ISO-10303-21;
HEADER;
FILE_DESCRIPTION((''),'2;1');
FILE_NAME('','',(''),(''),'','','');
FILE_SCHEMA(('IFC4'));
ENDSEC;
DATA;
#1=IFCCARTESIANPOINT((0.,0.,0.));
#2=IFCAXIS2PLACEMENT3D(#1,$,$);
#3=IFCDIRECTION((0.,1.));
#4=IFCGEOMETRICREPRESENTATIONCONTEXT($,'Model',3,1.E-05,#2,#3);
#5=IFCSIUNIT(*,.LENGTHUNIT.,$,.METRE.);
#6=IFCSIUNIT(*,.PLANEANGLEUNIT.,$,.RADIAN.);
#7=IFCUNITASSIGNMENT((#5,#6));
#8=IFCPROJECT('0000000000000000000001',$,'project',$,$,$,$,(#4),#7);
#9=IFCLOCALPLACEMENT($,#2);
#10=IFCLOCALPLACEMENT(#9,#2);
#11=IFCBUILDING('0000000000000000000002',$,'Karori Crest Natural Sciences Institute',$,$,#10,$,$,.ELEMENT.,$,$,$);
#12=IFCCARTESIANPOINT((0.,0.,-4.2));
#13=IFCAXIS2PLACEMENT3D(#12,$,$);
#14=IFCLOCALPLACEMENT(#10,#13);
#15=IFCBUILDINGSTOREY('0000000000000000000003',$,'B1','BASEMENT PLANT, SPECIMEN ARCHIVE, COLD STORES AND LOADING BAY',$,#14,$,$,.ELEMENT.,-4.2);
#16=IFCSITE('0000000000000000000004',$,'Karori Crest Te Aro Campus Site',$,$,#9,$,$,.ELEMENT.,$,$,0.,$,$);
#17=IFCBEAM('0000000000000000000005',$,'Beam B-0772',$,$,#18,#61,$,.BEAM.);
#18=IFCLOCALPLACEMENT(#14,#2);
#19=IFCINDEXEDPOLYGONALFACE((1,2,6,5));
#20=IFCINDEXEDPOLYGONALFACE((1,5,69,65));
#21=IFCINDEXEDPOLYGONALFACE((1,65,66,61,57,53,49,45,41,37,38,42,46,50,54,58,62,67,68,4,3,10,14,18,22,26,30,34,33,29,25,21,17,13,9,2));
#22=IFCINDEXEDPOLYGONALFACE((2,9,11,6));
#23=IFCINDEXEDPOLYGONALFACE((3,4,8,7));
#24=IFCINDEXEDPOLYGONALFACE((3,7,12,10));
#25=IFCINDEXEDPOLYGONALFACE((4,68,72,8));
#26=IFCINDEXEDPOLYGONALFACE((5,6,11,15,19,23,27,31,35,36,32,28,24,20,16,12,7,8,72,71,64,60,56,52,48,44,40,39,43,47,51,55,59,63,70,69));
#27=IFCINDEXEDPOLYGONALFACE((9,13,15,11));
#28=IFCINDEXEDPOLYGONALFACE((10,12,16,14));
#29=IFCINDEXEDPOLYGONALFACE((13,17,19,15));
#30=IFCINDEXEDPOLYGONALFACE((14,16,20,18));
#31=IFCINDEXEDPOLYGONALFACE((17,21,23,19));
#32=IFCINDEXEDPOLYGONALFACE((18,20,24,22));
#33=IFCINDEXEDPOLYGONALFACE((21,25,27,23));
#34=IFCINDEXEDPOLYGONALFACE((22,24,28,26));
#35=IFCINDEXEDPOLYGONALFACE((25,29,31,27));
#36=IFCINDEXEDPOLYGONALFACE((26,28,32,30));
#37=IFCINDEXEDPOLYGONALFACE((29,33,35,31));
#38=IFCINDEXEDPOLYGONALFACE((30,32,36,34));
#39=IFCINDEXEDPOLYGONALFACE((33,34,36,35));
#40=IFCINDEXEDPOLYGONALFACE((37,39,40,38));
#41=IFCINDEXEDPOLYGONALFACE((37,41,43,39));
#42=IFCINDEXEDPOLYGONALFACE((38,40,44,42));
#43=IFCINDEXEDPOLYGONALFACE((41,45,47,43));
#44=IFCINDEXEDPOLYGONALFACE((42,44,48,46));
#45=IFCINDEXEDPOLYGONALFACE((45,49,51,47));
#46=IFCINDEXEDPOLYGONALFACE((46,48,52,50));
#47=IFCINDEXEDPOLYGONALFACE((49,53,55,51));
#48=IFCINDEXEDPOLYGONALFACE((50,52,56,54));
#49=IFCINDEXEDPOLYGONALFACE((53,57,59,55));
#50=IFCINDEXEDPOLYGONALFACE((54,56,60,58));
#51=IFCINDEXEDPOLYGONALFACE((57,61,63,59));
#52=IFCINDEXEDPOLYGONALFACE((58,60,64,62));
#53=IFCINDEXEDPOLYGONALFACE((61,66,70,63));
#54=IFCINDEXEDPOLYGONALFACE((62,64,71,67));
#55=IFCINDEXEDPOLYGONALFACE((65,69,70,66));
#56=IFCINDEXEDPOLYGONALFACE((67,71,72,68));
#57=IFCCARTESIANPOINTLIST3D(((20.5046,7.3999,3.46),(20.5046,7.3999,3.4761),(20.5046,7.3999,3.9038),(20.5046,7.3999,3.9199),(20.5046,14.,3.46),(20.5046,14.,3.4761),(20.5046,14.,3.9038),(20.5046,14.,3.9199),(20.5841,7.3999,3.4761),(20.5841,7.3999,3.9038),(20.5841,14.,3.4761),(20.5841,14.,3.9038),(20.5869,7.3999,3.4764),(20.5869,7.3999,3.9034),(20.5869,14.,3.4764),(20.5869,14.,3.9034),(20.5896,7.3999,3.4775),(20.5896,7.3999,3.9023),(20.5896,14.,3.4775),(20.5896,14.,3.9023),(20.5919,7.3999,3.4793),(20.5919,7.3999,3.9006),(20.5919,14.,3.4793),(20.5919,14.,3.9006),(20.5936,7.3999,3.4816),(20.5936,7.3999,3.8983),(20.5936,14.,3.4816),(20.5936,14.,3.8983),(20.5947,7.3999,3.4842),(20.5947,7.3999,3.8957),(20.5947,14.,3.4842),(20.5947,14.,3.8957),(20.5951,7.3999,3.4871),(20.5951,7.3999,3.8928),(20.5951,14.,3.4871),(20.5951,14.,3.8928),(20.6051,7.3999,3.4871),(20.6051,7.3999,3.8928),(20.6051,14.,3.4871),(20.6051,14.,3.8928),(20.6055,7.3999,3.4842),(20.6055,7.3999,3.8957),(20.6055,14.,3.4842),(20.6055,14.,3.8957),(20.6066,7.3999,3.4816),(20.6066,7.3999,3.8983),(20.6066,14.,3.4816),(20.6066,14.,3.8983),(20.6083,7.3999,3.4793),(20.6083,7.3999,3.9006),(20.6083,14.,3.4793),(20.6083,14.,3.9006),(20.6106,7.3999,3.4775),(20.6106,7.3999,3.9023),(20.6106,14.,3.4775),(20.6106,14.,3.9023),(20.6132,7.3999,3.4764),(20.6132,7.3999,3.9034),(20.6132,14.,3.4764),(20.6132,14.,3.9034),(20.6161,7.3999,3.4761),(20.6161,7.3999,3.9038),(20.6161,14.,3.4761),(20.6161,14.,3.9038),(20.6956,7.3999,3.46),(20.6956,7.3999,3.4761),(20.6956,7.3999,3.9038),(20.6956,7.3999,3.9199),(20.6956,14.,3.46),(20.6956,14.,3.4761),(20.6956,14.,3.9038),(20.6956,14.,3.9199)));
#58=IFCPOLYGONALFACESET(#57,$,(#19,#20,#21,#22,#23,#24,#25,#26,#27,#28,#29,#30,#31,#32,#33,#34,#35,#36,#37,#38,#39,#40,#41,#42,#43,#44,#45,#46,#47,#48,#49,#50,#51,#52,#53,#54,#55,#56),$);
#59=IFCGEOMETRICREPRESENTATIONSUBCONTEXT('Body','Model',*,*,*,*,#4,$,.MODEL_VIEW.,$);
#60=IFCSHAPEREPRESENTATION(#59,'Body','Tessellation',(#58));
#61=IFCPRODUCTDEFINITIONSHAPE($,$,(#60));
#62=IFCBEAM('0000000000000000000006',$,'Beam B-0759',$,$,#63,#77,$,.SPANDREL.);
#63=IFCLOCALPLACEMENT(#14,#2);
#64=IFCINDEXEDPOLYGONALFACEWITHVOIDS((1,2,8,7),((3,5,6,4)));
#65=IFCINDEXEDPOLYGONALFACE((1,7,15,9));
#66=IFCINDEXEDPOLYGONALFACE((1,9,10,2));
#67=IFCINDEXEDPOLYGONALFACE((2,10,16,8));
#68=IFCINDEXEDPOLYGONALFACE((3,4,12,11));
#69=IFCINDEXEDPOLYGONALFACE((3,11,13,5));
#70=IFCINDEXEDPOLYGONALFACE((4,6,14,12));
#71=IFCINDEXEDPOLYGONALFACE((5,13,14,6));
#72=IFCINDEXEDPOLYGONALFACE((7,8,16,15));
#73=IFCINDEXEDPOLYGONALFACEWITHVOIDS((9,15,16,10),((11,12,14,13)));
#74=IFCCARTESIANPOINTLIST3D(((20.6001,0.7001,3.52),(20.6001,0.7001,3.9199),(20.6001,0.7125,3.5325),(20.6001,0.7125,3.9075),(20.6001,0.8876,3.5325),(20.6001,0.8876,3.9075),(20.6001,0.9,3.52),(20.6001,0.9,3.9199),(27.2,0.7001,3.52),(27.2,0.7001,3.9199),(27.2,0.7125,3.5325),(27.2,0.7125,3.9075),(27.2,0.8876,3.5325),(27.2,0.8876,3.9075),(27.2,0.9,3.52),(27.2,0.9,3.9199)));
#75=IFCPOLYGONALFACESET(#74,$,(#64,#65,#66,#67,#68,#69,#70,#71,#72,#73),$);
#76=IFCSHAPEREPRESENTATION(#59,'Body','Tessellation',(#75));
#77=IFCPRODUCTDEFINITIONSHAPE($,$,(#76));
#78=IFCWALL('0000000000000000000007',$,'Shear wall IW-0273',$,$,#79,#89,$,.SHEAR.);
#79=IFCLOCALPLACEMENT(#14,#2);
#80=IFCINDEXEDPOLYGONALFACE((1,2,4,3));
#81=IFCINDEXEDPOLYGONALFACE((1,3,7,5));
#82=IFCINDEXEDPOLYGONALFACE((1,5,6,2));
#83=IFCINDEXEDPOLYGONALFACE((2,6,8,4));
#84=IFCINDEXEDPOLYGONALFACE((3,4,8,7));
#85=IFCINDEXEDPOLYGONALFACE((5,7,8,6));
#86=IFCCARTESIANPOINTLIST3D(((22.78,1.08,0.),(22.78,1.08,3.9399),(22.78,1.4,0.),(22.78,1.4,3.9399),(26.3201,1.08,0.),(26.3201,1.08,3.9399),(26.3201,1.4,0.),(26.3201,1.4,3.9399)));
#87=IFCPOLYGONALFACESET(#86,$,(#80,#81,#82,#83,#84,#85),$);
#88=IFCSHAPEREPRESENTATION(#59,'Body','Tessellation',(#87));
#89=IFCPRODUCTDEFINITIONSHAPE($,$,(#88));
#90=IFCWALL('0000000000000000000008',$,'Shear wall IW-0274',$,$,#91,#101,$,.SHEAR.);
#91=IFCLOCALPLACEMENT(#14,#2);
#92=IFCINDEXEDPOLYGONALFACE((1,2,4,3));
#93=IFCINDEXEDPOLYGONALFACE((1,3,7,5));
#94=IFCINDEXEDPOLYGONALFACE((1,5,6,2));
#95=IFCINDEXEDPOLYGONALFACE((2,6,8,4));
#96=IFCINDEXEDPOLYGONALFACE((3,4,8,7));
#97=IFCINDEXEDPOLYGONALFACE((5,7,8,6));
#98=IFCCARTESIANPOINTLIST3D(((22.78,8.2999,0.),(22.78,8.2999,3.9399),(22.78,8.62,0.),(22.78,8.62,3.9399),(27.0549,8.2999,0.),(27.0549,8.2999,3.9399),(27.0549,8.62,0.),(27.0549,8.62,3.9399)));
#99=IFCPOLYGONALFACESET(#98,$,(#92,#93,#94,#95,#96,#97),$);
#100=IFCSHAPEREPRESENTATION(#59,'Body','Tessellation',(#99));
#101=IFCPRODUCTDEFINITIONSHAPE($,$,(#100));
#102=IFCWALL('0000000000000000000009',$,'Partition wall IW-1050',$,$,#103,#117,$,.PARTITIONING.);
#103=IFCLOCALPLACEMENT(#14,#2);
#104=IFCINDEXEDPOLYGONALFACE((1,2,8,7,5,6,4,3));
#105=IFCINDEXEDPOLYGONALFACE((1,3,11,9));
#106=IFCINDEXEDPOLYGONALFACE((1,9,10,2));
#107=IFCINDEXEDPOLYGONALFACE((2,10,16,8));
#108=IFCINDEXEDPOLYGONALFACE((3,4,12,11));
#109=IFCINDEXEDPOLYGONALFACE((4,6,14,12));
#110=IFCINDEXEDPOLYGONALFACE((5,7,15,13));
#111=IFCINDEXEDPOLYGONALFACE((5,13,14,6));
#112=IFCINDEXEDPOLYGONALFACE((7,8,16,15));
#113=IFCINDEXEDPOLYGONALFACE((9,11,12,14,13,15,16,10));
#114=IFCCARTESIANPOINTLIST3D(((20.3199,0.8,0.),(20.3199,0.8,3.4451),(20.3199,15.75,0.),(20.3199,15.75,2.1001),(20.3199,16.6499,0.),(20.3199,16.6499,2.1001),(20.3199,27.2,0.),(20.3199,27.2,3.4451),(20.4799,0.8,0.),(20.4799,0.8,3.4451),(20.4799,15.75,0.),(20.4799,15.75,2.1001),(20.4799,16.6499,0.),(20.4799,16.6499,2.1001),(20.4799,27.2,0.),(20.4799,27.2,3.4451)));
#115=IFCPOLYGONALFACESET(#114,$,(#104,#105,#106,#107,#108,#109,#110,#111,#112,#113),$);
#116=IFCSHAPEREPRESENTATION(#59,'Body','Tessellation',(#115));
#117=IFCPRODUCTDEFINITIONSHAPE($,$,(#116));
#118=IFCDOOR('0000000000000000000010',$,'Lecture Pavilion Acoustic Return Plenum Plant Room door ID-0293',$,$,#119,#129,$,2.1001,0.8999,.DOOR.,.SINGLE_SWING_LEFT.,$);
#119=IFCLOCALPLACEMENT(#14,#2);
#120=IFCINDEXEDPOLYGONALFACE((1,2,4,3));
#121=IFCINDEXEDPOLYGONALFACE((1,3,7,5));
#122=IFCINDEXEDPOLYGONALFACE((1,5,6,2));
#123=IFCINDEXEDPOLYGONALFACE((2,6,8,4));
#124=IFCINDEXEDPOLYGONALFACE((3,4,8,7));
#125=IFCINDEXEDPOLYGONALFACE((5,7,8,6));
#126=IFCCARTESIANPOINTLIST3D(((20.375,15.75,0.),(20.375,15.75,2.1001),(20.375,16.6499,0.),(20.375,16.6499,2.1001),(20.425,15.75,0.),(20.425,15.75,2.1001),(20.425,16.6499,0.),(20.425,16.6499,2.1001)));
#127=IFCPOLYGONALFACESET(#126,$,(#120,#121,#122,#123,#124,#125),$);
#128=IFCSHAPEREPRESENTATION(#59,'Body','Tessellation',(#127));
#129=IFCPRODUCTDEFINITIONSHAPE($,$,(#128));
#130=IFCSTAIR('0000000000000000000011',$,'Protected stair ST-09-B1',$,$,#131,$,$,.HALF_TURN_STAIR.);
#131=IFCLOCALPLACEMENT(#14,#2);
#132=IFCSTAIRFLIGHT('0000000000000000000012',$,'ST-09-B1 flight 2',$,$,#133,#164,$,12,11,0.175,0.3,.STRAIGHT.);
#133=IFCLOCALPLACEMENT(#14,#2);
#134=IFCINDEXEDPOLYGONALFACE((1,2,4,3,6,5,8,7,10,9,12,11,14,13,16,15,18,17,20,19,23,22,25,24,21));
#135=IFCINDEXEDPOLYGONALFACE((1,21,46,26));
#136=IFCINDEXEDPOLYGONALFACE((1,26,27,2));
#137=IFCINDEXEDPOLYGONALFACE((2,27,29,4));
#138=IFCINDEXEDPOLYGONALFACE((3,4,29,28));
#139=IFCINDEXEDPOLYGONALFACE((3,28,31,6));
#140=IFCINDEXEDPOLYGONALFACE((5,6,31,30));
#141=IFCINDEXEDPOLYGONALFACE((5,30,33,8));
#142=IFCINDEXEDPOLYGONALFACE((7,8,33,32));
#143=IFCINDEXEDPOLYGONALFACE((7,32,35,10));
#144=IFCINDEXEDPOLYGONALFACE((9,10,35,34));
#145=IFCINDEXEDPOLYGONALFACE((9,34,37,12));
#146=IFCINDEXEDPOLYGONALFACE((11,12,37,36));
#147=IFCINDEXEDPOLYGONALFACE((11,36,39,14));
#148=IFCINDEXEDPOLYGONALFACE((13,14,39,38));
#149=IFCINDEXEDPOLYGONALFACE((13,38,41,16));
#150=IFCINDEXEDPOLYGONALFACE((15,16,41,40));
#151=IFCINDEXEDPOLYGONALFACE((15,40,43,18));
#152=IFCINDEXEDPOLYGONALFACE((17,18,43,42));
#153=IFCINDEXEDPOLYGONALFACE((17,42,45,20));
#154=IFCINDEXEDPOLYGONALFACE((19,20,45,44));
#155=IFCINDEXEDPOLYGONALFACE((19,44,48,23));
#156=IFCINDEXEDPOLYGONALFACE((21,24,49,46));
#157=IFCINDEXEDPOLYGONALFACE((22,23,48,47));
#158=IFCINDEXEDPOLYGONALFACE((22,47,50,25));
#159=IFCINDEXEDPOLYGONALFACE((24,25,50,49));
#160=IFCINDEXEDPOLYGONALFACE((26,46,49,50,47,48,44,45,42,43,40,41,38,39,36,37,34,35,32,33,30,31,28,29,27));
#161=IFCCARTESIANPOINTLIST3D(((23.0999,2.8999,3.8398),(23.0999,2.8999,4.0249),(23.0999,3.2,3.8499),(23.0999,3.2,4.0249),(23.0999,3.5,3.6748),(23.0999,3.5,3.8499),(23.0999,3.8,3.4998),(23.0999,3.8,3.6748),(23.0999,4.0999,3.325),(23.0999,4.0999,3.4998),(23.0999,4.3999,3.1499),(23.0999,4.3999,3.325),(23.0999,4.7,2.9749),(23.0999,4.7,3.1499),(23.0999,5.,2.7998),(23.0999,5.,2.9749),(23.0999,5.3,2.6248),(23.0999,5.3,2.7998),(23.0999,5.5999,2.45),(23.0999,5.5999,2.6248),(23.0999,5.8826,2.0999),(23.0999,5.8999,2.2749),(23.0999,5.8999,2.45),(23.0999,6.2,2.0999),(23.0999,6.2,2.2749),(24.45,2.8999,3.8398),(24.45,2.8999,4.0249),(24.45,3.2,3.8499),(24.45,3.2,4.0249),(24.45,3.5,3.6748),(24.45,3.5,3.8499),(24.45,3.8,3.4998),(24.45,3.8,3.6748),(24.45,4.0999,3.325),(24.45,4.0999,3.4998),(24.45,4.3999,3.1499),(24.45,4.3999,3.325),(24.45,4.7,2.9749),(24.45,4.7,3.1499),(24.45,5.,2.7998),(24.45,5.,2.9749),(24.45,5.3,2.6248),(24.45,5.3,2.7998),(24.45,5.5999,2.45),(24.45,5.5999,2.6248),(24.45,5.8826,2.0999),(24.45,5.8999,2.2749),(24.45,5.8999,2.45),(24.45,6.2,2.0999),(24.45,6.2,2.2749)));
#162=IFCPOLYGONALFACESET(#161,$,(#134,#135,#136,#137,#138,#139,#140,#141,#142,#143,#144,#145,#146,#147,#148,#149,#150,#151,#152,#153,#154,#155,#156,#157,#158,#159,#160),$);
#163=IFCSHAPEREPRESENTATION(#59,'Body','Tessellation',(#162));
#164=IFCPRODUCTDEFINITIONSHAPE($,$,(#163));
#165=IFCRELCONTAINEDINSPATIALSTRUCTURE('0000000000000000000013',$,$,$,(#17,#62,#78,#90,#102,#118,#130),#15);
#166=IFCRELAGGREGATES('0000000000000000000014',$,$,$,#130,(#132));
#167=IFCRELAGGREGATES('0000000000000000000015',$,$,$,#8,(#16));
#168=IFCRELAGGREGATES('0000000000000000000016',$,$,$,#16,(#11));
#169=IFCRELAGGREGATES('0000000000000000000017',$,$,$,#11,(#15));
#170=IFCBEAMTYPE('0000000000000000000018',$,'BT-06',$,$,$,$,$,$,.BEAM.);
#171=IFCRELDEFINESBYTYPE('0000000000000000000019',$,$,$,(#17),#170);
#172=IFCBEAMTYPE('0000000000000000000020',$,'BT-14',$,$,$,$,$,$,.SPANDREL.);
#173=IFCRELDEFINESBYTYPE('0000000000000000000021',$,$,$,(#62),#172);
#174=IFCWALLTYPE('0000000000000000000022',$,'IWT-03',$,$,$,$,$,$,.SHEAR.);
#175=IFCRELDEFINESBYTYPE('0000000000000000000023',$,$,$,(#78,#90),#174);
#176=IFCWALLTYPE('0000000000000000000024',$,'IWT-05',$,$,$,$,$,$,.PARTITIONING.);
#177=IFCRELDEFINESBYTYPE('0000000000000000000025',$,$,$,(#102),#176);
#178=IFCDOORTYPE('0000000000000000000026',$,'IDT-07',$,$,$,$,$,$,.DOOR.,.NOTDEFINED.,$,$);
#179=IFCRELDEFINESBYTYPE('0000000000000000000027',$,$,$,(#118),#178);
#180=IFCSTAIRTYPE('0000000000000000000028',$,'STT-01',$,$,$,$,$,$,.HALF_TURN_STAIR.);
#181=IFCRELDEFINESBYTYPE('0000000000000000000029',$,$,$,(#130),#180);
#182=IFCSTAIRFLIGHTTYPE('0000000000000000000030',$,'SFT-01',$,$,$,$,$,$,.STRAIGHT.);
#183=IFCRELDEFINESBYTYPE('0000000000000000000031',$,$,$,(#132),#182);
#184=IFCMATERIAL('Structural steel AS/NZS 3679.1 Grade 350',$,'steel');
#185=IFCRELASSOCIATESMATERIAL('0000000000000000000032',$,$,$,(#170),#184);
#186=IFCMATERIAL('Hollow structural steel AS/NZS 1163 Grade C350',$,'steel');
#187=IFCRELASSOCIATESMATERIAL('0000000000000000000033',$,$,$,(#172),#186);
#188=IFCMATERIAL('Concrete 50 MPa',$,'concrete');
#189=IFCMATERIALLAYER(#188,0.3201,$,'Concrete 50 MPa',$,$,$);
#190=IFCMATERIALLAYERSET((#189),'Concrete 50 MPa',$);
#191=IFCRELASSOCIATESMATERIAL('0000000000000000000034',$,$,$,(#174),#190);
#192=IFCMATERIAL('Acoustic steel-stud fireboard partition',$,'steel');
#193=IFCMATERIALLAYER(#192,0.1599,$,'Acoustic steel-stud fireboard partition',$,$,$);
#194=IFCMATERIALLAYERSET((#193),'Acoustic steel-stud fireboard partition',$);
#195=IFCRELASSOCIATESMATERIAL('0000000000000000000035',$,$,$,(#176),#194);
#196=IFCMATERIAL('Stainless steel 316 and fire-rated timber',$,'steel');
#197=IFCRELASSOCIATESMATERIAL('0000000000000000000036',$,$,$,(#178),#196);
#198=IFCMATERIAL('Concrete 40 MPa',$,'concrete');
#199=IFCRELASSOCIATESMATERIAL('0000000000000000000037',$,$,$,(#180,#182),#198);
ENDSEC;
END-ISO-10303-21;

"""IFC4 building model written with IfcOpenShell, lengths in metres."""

from ifc_helpers import new_model, si_unit, direction, frame, frame_2d, origin, origin_2d, place, context, subcontext, project, spatial, polyline, rectangle, hollow_rectangle, i_section, outline, extrude, material, layer, layer_set, material_profile, profile_set, type_object, element, fill, aggregate, save


model = new_model("IFC4")

# Units and contexts
model_context = context("Model", 3, precision=1e-05, world=origin(), true_north=direction((0.0, 1.0)))
body_context = subcontext(model_context, "Body", "Model", "MODEL_VIEW")
ifc_project = project(units=[si_unit("LENGTHUNIT", "METRE"), si_unit("PLANEANGLEUNIT", "RADIAN")], contexts=[model_context])

# Site, building, storey
site_placement = place(None, origin())
site = spatial("IfcSite", under=ifc_project, at=site_placement, Name="Karori Crest Te Aro Campus Site", CompositionType="ELEMENT", RefElevation=0.0)
building_placement = place(site_placement, origin())
building = spatial("IfcBuilding", under=site, at=building_placement, Name="Karori Crest Natural Sciences Institute", CompositionType="ELEMENT")
storey_placement = place(building_placement, frame((0.0, 0.0, -4.2)))
storey = spatial("IfcBuildingStorey", under=building, at=storey_placement, Name="B1", Description="BASEMENT PLANT, SPECIMEN ARCHIVE, COLD STORES AND LOADING BAY", CompositionType="ELEMENT", Elevation=-4.2)

# Shared definitions
ifc_material_1 = material(Name="Concrete 40 MPa", Category="concrete")

# Shared definitions
ifc_material_2 = material(Name="Structural steel AS/NZS 3679.1 Grade 350", Category="steel")

# Beams
ifc_material_profile_1 = material_profile(ifc_material_2, i_section(OverallWidth=0.1909, OverallDepth=0.46, WebThickness=0.01, FlangeThickness=0.0161, FilletRadius=0.011, at=origin_2d()), Name="460UB82.1")
ifc_profile_set_1 = profile_set([ifc_material_profile_1], Name="Structural steel AS/NZS 3679.1 Grade 350")
beam_type_1 = type_object("IfcBeamType", Name="BT-06", PredefinedType="BEAM", material=ifc_profile_set_1)
beam_1_placement = place(storey_placement, frame((20.6001, 7.3999, 3.6899), z_axis=(0.0, 1.0, 0.0), x_axis=(-1.0, 0.0, 0.0)))
element("IfcBeam", 1, at=beam_1_placement, inside=storey, type_object=beam_type_1, Name="Beam B-0772", PredefinedType="BEAM", context=body_context, shape_type="SweptSolid", body=[
    extrude(i_section(OverallWidth=0.1909, OverallDepth=0.46, WebThickness=0.01, FlangeThickness=0.0161, FilletRadius=0.011, at=origin_2d()), origin(), (0.0, 0.0, 1.0), 6.6001),
])
ifc_material_3 = material(Name="Hollow structural steel AS/NZS 1163 Grade C350", Category="steel")
ifc_material_profile_2 = material_profile(ifc_material_3, hollow_rectangle(XDim=0.2, YDim=0.3999, WallThickness=0.0125, at=origin_2d()), Name="RHS400x200x12.5")
ifc_profile_set_2 = profile_set([ifc_material_profile_2], Name="Hollow structural steel AS/NZS 1163 Grade C350")
beam_type_2 = type_object("IfcBeamType", Name="BT-14", PredefinedType="SPANDREL", material=ifc_profile_set_2)
beam_2_placement = place(storey_placement, frame((20.6001, 0.8, 3.72), z_axis=(1.0, 0.0, 0.0), x_axis=(0.0, 1.0, 0.0)))
element("IfcBeam", 2, at=beam_2_placement, inside=storey, type_object=beam_type_2, Name="Beam B-0759", PredefinedType="SPANDREL", context=body_context, shape_type="SweptSolid", body=[
    extrude(hollow_rectangle(XDim=0.2, YDim=0.3999, WallThickness=0.0125, at=origin_2d()), origin(), (0.0, 0.0, 1.0), 6.5999),
])

# Walls
ifc_material_4 = material(Name="Concrete 50 MPa", Category="concrete")
ifc_layer_1 = layer(ifc_material_4, 0.3201, Name="Concrete 50 MPa")
ifc_layer_set_1 = layer_set([ifc_layer_1], Name="Concrete 50 MPa")
wall_type_1 = type_object("IfcWallType", Name="IWT-03", PredefinedType="SHEAR", material=ifc_layer_set_1)
wall_1_placement = place(storey_placement, frame((22.78, 1.24, 0.0), z_axis=(0.0, 0.0, 1.0), x_axis=(1.0, 0.0, 0.0)))
element("IfcWall", 3, at=wall_1_placement, inside=storey, type_object=wall_type_1, Name="Shear wall IW-0273", PredefinedType="SHEAR", context=body_context, shape_type="SweptSolid", body=[
    extrude(rectangle(XDim=3.54, YDim=0.3201, at=frame_2d((1.77, 0.0))), origin(), (0.0, 0.0, 1.0), 3.9399),
])
wall_2_placement = place(storey_placement, frame((22.78, 8.46, 0.0), z_axis=(0.0, 0.0, 1.0), x_axis=(1.0, 0.0, 0.0)))
element("IfcWall", 4, at=wall_2_placement, inside=storey, type_object=wall_type_1, Name="Shear wall IW-0274", PredefinedType="SHEAR", context=body_context, shape_type="SweptSolid", body=[
    extrude(rectangle(XDim=4.2749, YDim=0.3201, at=frame_2d((2.1375, 0.0))), origin(), (0.0, 0.0, 1.0), 3.9399),
])

# Wall, opening, door
ifc_material_5 = material(Name="Stainless steel 316 and fire-rated timber", Category="steel")
ifc_material_6 = material(Name="Acoustic steel-stud fireboard partition", Category="steel")
ifc_layer_2 = layer(ifc_material_6, 0.1599, Name="Acoustic steel-stud fireboard partition")
ifc_layer_set_2 = layer_set([ifc_layer_2], Name="Acoustic steel-stud fireboard partition")
wall_type_2 = type_object("IfcWallType", Name="IWT-05", PredefinedType="PARTITIONING", material=ifc_layer_set_2)
wall_3_placement = place(storey_placement, frame((20.3999, 0.8, 0.0), z_axis=(0.0, 0.0, 1.0), x_axis=(0.0, 1.0, 0.0)))
wall_3 = element("IfcWall", 5, at=wall_3_placement, inside=storey, type_object=wall_type_2, Name="Partition wall IW-1050", PredefinedType="PARTITIONING", context=body_context, shape_type="SweptSolid", body=[
    extrude(rectangle(XDim=26.3999, YDim=0.1599, at=frame_2d((13.2, 0.0))), origin(), (0.0, 0.0, 1.0), 3.4451),
])
opening_1_placement = place(wall_3_placement, frame((14.95, 0.0, 0.0)))
opening_1 = element("IfcOpeningElement", 6, at=opening_1_placement, cuts=wall_3, PredefinedType="OPENING", context=body_context, shape_type="SweptSolid", body=[
    extrude(rectangle(XDim=0.8999, YDim=2.1001, at=frame_2d((0.45, 1.05))), frame((0.0, 0.0898, 0.0), z_axis=(0.0, -1.0, 0.0), x_axis=(1.0, 0.0, 0.0)), (0.0, 0.0, 1.0), 0.1799),
])
door_type_1 = type_object("IfcDoorType", Name="IDT-07", OperationType="NOTDEFINED", PredefinedType="DOOR", material=ifc_material_5)
door_1_placement = place(opening_1_placement, origin())
door_1 = element("IfcDoor", 7, at=door_1_placement, inside=storey, type_object=door_type_1, Name="Lecture Pavilion Acoustic Return Plenum Plant Room door ID-0293", OperationType="SINGLE_SWING_LEFT", OverallHeight=2.1001, OverallWidth=0.8999, PredefinedType="DOOR", context=body_context, shape_type="SweptSolid", body=[
    extrude(rectangle(XDim=0.8999, YDim=2.1001, at=frame_2d((0.45, 1.05))), frame((0.0, 0.0249, 0.0), z_axis=(0.0, -1.0, 0.0), x_axis=(1.0, 0.0, 0.0)), (0.0, 0.0, 1.0), 0.05),
])
fill(opening_1, door_1)

# Stair, stair flight
stair_type = type_object("IfcStairType", Name="STT-01", PredefinedType="HALF_TURN_STAIR", material=ifc_material_1)
stair_placement = place(storey_placement, origin())
stair = element("IfcStair", 8, at=stair_placement, inside=storey, type_object=stair_type, Name="Protected stair ST-09-B1", PredefinedType="HALF_TURN_STAIR")
stair_flight_type = type_object("IfcStairFlightType", Name="SFT-01", PredefinedType="STRAIGHT", material=ifc_material_1)
stair_flight_placement = place(storey_placement, frame((23.7749, 6.2, 2.0999), z_axis=(0.0, 0.0, 1.0), x_axis=(0.0, -1.0, 0.0)))
stair_flight = element("IfcStairFlight", 9, at=stair_flight_placement, type_object=stair_flight_type, Name="ST-09-B1 flight 2", NumberOfRisers=12, NumberOfTreads=11, PredefinedType="STRAIGHT", RiserHeight=0.175, TreadLength=0.3, context=body_context, shape_type="SweptSolid", body=[
    extrude(outline(polyline([(0.0, 0.0), (0.0, 0.175), (0.3, 0.175), (0.3, 0.3501), (0.6001, 0.3501), (0.6001, 0.5249), (0.8999, 0.5249), (0.8999, 0.7), (1.2, 0.7), (1.2, 0.875), (1.5, 0.875), (1.5, 1.05), (1.8, 1.05), (1.8, 1.2251), (2.1001, 1.2251), (2.1001, 1.3999), (2.3999, 1.3999), (2.3999, 1.575), (2.7, 1.575), (2.7, 1.75), (3.0, 1.75), (3.0, 1.925), (3.3, 1.925), (3.3, 2.1001), (3.3, 1.74), (0.3174, 0.0), (0.0, 0.0)])), frame((0.0, 0.675, 0.0), z_axis=(0.0, -1.0, 0.0), x_axis=(1.0, 0.0, 0.0)), (0.0, 0.0, 1.0), 1.3501),
])
aggregate(stair, [stair_flight])

save(model, "model.ifc")
